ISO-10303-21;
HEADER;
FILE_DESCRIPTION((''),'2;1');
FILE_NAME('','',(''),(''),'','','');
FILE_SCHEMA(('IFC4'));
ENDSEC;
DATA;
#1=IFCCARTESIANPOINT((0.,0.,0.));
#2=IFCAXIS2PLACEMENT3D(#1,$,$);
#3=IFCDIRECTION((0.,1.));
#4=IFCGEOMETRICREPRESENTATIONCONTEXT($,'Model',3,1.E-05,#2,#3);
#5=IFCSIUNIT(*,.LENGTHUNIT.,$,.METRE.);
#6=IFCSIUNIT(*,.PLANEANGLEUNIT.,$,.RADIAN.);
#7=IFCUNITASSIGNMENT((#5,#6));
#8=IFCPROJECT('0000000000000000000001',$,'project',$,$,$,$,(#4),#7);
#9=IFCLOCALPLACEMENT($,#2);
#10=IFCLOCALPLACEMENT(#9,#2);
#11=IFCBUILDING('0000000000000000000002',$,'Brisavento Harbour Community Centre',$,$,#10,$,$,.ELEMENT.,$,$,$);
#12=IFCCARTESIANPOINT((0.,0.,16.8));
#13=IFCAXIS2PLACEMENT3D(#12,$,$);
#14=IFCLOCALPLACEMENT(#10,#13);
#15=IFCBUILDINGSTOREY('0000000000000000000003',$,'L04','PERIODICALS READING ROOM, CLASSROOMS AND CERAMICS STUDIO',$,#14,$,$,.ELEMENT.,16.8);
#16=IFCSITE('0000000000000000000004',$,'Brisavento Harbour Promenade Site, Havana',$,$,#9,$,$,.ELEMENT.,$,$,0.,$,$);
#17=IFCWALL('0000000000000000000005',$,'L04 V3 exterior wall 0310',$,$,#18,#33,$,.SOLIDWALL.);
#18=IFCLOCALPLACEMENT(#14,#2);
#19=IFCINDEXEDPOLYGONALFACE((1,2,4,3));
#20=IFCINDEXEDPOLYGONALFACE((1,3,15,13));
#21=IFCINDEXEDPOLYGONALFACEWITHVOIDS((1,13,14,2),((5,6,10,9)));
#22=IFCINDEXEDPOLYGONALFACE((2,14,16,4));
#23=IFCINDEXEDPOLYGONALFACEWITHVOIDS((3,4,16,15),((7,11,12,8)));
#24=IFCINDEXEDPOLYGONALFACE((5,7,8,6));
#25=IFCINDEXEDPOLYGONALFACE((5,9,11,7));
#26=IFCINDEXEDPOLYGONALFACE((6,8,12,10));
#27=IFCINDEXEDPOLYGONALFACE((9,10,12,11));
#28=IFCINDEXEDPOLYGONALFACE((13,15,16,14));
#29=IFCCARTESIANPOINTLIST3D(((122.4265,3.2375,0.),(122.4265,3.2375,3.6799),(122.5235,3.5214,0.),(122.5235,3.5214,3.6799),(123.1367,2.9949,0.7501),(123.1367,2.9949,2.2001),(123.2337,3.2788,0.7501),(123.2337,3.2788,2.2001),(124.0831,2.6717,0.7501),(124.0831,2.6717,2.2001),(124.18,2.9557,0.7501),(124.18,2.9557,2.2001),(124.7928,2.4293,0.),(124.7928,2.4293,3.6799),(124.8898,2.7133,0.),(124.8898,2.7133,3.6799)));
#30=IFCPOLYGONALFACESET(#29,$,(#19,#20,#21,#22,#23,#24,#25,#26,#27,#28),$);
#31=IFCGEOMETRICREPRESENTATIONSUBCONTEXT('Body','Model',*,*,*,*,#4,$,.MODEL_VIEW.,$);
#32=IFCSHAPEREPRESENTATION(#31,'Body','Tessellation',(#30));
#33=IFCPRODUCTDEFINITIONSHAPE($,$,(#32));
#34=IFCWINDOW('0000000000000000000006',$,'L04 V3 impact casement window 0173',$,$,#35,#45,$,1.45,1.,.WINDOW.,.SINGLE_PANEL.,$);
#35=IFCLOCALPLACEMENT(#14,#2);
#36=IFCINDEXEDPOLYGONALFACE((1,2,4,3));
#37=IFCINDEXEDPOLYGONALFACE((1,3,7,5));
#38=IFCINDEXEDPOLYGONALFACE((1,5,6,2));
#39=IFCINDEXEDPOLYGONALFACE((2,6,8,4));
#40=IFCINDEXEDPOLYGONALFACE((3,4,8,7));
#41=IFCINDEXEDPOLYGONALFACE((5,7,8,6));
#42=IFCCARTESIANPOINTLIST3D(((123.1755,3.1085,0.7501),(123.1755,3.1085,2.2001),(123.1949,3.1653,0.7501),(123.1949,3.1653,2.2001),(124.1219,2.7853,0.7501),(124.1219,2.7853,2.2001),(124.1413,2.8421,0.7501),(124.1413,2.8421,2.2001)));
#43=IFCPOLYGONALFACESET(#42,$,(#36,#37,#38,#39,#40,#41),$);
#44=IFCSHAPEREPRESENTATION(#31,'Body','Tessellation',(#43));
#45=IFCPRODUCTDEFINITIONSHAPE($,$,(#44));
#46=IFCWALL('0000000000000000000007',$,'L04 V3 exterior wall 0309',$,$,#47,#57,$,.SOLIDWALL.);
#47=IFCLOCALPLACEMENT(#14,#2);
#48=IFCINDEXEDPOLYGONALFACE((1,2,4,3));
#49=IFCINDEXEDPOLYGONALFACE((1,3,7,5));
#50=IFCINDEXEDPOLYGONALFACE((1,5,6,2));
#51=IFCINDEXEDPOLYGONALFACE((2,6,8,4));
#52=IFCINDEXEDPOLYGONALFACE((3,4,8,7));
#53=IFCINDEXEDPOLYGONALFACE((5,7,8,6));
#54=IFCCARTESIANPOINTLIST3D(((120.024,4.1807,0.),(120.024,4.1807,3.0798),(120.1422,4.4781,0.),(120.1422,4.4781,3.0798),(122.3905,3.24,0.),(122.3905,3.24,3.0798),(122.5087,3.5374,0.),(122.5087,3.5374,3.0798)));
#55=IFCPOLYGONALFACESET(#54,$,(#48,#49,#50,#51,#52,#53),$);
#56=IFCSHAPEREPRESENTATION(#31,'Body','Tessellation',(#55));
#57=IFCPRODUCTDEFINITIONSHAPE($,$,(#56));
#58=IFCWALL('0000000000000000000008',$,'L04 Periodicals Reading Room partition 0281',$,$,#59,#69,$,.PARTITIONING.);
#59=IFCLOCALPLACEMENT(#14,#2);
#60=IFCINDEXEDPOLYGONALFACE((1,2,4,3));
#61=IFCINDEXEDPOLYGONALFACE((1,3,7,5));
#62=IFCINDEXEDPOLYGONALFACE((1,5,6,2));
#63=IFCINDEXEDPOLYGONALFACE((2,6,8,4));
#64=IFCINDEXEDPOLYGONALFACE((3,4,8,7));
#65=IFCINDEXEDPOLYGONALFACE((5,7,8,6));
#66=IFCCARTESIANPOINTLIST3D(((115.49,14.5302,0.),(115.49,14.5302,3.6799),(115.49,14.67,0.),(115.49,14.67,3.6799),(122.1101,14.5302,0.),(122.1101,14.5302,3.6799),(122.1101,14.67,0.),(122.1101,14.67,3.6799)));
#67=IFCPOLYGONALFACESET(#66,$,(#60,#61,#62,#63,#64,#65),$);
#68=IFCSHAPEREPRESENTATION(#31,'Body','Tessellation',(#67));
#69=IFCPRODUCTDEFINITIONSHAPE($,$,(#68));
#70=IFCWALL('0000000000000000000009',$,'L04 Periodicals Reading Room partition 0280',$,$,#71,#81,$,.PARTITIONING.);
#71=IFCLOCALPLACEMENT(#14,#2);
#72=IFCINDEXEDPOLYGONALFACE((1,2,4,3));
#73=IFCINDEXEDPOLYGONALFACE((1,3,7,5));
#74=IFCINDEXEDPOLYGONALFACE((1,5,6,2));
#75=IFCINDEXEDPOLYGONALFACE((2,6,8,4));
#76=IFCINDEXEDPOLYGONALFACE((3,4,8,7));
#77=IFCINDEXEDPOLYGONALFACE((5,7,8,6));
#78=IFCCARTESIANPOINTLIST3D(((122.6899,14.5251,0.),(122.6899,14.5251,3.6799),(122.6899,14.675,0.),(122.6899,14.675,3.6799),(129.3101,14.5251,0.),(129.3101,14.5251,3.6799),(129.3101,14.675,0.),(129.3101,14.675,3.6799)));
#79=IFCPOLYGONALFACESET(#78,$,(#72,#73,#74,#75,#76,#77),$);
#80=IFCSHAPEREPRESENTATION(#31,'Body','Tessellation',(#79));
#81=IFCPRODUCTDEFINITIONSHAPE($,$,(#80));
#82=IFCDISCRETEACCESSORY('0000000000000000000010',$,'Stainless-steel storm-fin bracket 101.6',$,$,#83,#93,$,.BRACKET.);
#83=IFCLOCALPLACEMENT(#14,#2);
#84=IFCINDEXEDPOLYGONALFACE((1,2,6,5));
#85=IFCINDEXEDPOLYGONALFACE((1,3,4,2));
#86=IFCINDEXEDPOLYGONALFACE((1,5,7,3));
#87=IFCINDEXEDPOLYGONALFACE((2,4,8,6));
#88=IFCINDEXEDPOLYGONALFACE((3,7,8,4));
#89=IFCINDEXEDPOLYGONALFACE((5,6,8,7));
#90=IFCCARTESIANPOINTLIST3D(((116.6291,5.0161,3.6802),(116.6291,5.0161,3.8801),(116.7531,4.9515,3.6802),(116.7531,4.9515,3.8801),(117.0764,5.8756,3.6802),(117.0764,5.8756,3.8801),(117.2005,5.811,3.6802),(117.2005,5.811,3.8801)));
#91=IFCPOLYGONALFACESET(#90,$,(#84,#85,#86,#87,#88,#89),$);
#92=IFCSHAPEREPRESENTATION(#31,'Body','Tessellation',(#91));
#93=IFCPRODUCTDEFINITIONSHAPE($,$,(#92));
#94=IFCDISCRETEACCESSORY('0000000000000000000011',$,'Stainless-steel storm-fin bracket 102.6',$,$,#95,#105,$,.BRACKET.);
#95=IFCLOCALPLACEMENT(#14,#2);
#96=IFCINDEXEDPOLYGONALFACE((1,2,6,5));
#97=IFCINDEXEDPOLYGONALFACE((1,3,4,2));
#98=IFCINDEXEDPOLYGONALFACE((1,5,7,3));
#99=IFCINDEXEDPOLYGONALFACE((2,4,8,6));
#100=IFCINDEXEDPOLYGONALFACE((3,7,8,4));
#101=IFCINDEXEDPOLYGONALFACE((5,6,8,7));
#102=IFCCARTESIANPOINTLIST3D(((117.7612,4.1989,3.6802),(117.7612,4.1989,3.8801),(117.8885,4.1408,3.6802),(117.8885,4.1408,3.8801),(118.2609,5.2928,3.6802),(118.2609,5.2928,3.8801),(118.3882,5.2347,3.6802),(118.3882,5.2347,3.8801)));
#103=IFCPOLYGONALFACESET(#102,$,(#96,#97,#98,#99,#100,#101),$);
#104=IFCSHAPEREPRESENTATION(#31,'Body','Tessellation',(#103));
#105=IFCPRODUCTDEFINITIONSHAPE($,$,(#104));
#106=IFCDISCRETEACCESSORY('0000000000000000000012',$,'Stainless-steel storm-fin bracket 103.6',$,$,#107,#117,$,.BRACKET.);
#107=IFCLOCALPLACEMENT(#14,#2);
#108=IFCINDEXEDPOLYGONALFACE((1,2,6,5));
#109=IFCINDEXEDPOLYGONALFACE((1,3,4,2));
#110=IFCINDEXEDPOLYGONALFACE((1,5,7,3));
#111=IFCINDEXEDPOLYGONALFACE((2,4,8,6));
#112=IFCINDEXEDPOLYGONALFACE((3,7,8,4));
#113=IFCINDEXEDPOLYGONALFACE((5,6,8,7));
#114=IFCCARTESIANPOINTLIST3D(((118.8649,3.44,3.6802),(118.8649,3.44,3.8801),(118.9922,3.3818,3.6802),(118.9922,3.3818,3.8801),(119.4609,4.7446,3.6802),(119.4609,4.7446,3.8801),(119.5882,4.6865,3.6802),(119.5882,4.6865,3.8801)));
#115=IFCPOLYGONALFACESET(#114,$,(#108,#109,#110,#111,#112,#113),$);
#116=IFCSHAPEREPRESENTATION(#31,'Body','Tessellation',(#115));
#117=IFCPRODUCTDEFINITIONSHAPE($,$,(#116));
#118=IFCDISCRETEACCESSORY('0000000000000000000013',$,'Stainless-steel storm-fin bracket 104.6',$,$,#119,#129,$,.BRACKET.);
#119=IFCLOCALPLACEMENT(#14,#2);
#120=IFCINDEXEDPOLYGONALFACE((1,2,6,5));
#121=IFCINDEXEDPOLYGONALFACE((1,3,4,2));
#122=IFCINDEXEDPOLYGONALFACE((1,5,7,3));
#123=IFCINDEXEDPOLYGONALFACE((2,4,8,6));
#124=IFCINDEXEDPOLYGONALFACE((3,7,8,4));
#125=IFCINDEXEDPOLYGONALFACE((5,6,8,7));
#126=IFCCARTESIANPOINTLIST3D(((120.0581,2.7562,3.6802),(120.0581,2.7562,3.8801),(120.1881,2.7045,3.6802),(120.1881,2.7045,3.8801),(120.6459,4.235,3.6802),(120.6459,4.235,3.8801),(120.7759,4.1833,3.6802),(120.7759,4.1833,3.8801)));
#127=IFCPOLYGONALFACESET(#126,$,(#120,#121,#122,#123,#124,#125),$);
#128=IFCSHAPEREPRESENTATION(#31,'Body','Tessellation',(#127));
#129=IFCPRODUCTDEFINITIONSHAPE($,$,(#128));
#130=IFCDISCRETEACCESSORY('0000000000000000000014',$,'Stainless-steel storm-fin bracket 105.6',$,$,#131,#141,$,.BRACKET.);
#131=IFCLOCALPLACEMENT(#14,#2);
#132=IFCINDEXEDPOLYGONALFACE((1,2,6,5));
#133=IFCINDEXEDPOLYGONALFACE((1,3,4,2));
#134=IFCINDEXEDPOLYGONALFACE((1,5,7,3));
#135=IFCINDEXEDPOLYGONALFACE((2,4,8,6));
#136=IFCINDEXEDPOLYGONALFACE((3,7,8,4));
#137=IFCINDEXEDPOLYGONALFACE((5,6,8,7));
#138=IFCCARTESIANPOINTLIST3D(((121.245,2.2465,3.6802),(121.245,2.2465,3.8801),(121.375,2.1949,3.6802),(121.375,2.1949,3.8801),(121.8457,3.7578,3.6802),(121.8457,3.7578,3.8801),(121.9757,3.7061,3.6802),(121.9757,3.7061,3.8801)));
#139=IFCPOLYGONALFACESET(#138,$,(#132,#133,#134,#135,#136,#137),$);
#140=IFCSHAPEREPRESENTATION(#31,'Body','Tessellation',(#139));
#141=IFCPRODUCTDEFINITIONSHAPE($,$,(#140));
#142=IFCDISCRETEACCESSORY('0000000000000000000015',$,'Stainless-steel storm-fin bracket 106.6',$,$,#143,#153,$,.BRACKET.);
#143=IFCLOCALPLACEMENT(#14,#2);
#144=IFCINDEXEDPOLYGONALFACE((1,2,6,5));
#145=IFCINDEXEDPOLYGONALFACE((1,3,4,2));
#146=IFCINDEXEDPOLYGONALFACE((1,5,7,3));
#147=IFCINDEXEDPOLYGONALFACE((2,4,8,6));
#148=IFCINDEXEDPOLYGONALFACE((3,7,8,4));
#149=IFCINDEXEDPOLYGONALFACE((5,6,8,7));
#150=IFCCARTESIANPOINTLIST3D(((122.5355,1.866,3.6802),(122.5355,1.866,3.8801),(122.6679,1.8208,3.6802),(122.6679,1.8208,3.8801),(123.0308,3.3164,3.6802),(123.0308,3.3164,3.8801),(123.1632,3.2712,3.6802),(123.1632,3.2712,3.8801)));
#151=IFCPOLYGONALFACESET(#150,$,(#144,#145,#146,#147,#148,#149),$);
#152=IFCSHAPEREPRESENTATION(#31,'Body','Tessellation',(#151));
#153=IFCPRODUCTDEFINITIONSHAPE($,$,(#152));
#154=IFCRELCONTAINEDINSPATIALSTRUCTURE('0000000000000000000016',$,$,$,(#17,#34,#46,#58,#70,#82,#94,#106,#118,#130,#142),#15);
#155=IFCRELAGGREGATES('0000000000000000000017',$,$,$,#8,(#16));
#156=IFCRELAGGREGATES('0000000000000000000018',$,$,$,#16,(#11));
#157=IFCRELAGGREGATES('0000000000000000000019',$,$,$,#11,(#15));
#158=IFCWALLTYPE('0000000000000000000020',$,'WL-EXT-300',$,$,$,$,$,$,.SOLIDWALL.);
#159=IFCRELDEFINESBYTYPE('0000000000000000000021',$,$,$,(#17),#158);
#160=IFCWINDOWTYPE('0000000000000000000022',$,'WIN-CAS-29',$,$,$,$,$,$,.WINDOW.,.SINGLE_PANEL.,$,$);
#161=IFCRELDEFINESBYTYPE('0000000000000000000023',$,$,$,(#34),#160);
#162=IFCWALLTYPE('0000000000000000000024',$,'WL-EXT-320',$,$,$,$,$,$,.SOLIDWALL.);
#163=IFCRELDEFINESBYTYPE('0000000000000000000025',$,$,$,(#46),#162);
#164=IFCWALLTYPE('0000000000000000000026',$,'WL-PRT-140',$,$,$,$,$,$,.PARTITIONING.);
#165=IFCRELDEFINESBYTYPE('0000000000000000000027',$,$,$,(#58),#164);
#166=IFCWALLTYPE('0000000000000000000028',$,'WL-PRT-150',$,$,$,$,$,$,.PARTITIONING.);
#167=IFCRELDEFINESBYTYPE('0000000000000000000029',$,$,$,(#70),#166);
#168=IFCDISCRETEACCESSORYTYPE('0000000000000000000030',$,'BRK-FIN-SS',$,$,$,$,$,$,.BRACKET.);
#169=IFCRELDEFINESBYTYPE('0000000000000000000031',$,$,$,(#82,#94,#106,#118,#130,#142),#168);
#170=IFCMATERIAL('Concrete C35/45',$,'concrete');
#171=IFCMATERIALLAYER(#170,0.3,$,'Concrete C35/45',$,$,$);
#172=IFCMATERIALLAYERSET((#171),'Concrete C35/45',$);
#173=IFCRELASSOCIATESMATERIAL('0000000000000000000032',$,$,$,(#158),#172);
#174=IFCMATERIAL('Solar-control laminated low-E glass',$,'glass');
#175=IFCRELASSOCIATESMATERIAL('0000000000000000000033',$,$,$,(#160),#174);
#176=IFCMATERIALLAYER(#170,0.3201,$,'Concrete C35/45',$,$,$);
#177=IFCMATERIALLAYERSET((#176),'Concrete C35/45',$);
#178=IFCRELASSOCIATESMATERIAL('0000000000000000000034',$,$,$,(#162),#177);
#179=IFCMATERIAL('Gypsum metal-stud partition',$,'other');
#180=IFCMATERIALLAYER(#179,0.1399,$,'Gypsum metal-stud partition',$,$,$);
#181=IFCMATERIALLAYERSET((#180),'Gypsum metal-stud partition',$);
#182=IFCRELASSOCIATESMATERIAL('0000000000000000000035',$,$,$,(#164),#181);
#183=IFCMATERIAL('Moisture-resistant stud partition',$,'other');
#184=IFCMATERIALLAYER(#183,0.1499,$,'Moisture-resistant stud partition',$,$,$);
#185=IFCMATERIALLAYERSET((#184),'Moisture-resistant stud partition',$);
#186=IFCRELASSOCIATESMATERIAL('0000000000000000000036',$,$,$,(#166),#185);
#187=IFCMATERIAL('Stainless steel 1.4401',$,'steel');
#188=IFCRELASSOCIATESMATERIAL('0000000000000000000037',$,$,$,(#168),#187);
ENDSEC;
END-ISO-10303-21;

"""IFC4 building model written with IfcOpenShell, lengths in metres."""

from ifc_helpers import new_model, si_unit, direction, frame, frame_2d, origin, origin_2d, place, context, subcontext, project, spatial, rectangle, extrude, material, layer, layer_set, type_object, element, fill, save


model = new_model("IFC4")

# Units and contexts
model_context = context("Model", 3, precision=1e-05, world=origin(), true_north=direction((0.0, 1.0)))
body_context = subcontext(model_context, "Body", "Model", "MODEL_VIEW")
ifc_project = project(units=[si_unit("LENGTHUNIT", "METRE"), si_unit("PLANEANGLEUNIT", "RADIAN")], contexts=[model_context])

# Site, building, storey
site_placement = place(None, origin())
site = spatial("IfcSite", under=ifc_project, at=site_placement, Name="Brisavento Harbour Promenade Site, Havana", CompositionType="ELEMENT", RefElevation=0.0)
building_placement = place(site_placement, origin())
building = spatial("IfcBuilding", under=site, at=building_placement, Name="Brisavento Harbour Community Centre", CompositionType="ELEMENT")
storey_placement = place(building_placement, frame((0.0, 0.0, 16.8)))
storey = spatial("IfcBuildingStorey", under=building, at=storey_placement, Name="L04", Description="PERIODICALS READING ROOM, CLASSROOMS AND CERAMICS STUDIO", CompositionType="ELEMENT", Elevation=16.8)

# Shared definitions
ifc_material_1 = material(Name="Concrete C35/45", Category="concrete")

# Wall, opening, window
ifc_layer_1 = layer(ifc_material_1, 0.3, Name="Concrete C35/45")
ifc_layer_set_1 = layer_set([ifc_layer_1], Name="Concrete C35/45")
wall_type_1 = type_object("IfcWallType", Name="WL-EXT-300", PredefinedType="SOLIDWALL", material=ifc_layer_set_1)
wall_1_placement = place(storey_placement, frame((124.8413, 2.5713, 0.0), z_axis=(0.0, 0.0, 1.0), x_axis=(-0.946334, 0.323191, 0.0)))
wall_1 = element("IfcWall", 1, at=wall_1_placement, inside=storey, type_object=wall_type_1, Name="L04 V3 exterior wall 0310", PredefinedType="SOLIDWALL", context=body_context, shape_type="SweptSolid", body=[
    extrude(rectangle(XDim=2.5005, YDim=0.3, at=frame_2d((1.2502, 0.0))), origin(), (0.0, 0.0, 1.0), 3.6799),
])
opening_placement = place(wall_1_placement, frame((0.75, 0.0, 0.75)))
opening = element("IfcOpeningElement", 2, at=opening_placement, cuts=wall_1, PredefinedType="OPENING", context=body_context, shape_type="SweptSolid", body=[
    extrude(rectangle(XDim=1.0, YDim=1.45, at=frame_2d((0.5, 0.7251))), frame((0.0, 0.1602, 0.0), z_axis=(0.0, -1.0, 0.0), x_axis=(1.0, 0.0, 0.0)), (0.0, 0.0, 1.0), 0.3201),
])
ifc_material_2 = material(Name="Solar-control laminated low-E glass", Category="glass")
window_type = type_object("IfcWindowType", Name="WIN-CAS-29", PartitioningType="SINGLE_PANEL", PredefinedType="WINDOW", material=ifc_material_2)
window_placement = place(opening_placement, origin())
window = element("IfcWindow", 3, at=window_placement, inside=storey, type_object=window_type, Name="L04 V3 impact casement window 0173", OverallHeight=1.45, OverallWidth=1.0, PartitioningType="SINGLE_PANEL", PredefinedType="WINDOW", context=body_context, shape_type="SweptSolid", body=[
    extrude(rectangle(XDim=1.0, YDim=1.45, at=frame_2d((0.5, 0.7251))), frame((0.0, 0.03, 0.0), z_axis=(0.0, -1.0, 0.0), x_axis=(1.0, 0.0, 0.0)), (0.0, 0.0, 1.0), 0.0601),
])
fill(opening, window)

# Walls
ifc_layer_2 = layer(ifc_material_1, 0.3201, Name="Concrete C35/45")
ifc_layer_set_2 = layer_set([ifc_layer_2], Name="Concrete C35/45")
wall_type_2 = type_object("IfcWallType", Name="WL-EXT-320", PredefinedType="SOLIDWALL", material=ifc_layer_set_2)
wall_2_placement = place(storey_placement, frame((122.4497, 3.3887, 0.0), z_axis=(0.0, 0.0, 1.0), x_axis=(-0.929275, 0.36939, 0.0)))
element("IfcWall", 4, at=wall_2_placement, inside=storey, type_object=wall_type_2, Name="L04 V3 exterior wall 0309", PredefinedType="SOLIDWALL", context=body_context, shape_type="SweptSolid", body=[
    extrude(rectangle(XDim=2.5466, YDim=0.3201, at=frame_2d((1.2734, 0.0))), origin(), (0.0, 0.0, 1.0), 3.0798),
])
ifc_material_3 = material(Name="Gypsum metal-stud partition", Category="other")
ifc_layer_3 = layer(ifc_material_3, 0.1399, Name="Gypsum metal-stud partition")
ifc_layer_set_3 = layer_set([ifc_layer_3], Name="Gypsum metal-stud partition")
wall_type_3 = type_object("IfcWallType", Name="WL-PRT-140", PredefinedType="PARTITIONING", material=ifc_layer_set_3)
wall_3_placement = place(storey_placement, frame((122.1101, 14.6001, 0.0), z_axis=(0.0, 0.0, 1.0), x_axis=(-1.0, 0.0, 0.0)))
element("IfcWall", 5, at=wall_3_placement, inside=storey, type_object=wall_type_3, Name="L04 Periodicals Reading Room partition 0281", PredefinedType="PARTITIONING", context=body_context, shape_type="SweptSolid", body=[
    extrude(rectangle(XDim=6.6201, YDim=0.1399, at=frame_2d((3.3101, 0.0))), origin(), (0.0, 0.0, 1.0), 3.6799),
])
ifc_material_4 = material(Name="Moisture-resistant stud partition", Category="other")
ifc_layer_4 = layer(ifc_material_4, 0.1499, Name="Moisture-resistant stud partition")
ifc_layer_set_4 = layer_set([ifc_layer_4], Name="Moisture-resistant stud partition")
wall_type_4 = type_object("IfcWallType", Name="WL-PRT-150", PredefinedType="PARTITIONING", material=ifc_layer_set_4)
wall_4_placement = place(storey_placement, frame((129.3101, 14.6001, 0.0), z_axis=(0.0, 0.0, 1.0), x_axis=(-1.0, 0.0, 0.0)))
element("IfcWall", 6, at=wall_4_placement, inside=storey, type_object=wall_type_4, Name="L04 Periodicals Reading Room partition 0280", PredefinedType="PARTITIONING", context=body_context, shape_type="SweptSolid", body=[
    extrude(rectangle(XDim=6.6201, YDim=0.1499, at=frame_2d((3.3101, 0.0))), origin(), (0.0, 0.0, 1.0), 3.6799),
])

# Discrete accessories
ifc_material_5 = material(Name="Stainless steel 1.4401", Category="steel")
discrete_accessory_type = type_object("IfcDiscreteAccessoryType", Name="BRK-FIN-SS", PredefinedType="BRACKET", material=ifc_material_5)
discrete_accessory_1_placement = place(storey_placement, frame((116.9148, 5.4136, 3.6802), z_axis=(0.0, 0.0, 1.0), x_axis=(-0.461702, -0.887035, 0.0)))
element("IfcDiscreteAccessory", 7, at=discrete_accessory_1_placement, inside=storey, type_object=discrete_accessory_type, Name="Stainless-steel storm-fin bracket 101.6", PredefinedType="BRACKET", context=body_context, shape_type="SweptSolid", body=[
    extrude(rectangle(XDim=0.969, YDim=0.1399, at=origin_2d()), origin(), (0.0, 0.0, 1.0), 0.2),
])
discrete_accessory_2_placement = place(storey_placement, frame((118.0747, 4.7168, 3.6802), z_axis=(0.0, 0.0, 1.0), x_axis=(-0.415519, -0.909585, 0.0)))
element("IfcDiscreteAccessory", 8, at=discrete_accessory_2_placement, inside=storey, type_object=discrete_accessory_type, Name="Stainless-steel storm-fin bracket 102.6", PredefinedType="BRACKET", context=body_context, shape_type="SweptSolid", body=[
    extrude(rectangle(XDim=1.2026, YDim=0.1399, at=origin_2d()), origin(), (0.0, 0.0, 1.0), 0.2),
])
discrete_accessory_3_placement = place(storey_placement, frame((119.2266, 4.0632, 3.6802), z_axis=(0.0, 0.0, 1.0), x_axis=(-0.415519, -0.909585, 0.0)))
element("IfcDiscreteAccessory", 9, at=discrete_accessory_3_placement, inside=storey, type_object=discrete_accessory_type, Name="Stainless-steel storm-fin bracket 103.6", PredefinedType="BRACKET", context=body_context, shape_type="SweptSolid", body=[
    extrude(rectangle(XDim=1.4343, YDim=0.1399, at=origin_2d()), origin(), (0.0, 0.0, 1.0), 0.2),
])
discrete_accessory_4_placement = place(storey_placement, frame((120.417, 3.4697, 3.6802), z_axis=(0.0, 0.0, 1.0), x_axis=(-0.369341, -0.929294, 0.0)))
element("IfcDiscreteAccessory", 10, at=discrete_accessory_4_placement, inside=storey, type_object=discrete_accessory_type, Name="Stainless-steel storm-fin bracket 104.6", PredefinedType="BRACKET", context=body_context, shape_type="SweptSolid", body=[
    extrude(rectangle(XDim=1.5913, YDim=0.1399, at=origin_2d()), origin(), (0.0, 0.0, 1.0), 0.2),
])
discrete_accessory_5_placement = place(storey_placement, frame((121.6104, 2.9763, 3.6802), z_axis=(0.0, 0.0, 1.0), x_axis=(-0.369341, -0.929294, 0.0)))
element("IfcDiscreteAccessory", 11, at=discrete_accessory_5_placement, inside=storey, type_object=discrete_accessory_type, Name="Stainless-steel storm-fin bracket 105.6", PredefinedType="BRACKET", context=body_context, shape_type="SweptSolid", body=[
    extrude(rectangle(XDim=1.6262, YDim=0.1399, at=origin_2d()), origin(), (0.0, 0.0, 1.0), 0.2),
])
discrete_accessory_6_placement = place(storey_placement, frame((122.8494, 2.5686, 3.6802), z_axis=(0.0, 0.0, 1.0), x_axis=(-0.323174, -0.946339, 0.0)))
element("IfcDiscreteAccessory", 12, at=discrete_accessory_6_placement, inside=storey, type_object=discrete_accessory_type, Name="Stainless-steel storm-fin bracket 106.6", PredefinedType="BRACKET", context=body_context, shape_type="SweptSolid", body=[
    extrude(rectangle(XDim=1.5327, YDim=0.1399, at=origin_2d()), origin(), (0.0, 0.0, 1.0), 0.2),
])

save(model, "model.ifc")
